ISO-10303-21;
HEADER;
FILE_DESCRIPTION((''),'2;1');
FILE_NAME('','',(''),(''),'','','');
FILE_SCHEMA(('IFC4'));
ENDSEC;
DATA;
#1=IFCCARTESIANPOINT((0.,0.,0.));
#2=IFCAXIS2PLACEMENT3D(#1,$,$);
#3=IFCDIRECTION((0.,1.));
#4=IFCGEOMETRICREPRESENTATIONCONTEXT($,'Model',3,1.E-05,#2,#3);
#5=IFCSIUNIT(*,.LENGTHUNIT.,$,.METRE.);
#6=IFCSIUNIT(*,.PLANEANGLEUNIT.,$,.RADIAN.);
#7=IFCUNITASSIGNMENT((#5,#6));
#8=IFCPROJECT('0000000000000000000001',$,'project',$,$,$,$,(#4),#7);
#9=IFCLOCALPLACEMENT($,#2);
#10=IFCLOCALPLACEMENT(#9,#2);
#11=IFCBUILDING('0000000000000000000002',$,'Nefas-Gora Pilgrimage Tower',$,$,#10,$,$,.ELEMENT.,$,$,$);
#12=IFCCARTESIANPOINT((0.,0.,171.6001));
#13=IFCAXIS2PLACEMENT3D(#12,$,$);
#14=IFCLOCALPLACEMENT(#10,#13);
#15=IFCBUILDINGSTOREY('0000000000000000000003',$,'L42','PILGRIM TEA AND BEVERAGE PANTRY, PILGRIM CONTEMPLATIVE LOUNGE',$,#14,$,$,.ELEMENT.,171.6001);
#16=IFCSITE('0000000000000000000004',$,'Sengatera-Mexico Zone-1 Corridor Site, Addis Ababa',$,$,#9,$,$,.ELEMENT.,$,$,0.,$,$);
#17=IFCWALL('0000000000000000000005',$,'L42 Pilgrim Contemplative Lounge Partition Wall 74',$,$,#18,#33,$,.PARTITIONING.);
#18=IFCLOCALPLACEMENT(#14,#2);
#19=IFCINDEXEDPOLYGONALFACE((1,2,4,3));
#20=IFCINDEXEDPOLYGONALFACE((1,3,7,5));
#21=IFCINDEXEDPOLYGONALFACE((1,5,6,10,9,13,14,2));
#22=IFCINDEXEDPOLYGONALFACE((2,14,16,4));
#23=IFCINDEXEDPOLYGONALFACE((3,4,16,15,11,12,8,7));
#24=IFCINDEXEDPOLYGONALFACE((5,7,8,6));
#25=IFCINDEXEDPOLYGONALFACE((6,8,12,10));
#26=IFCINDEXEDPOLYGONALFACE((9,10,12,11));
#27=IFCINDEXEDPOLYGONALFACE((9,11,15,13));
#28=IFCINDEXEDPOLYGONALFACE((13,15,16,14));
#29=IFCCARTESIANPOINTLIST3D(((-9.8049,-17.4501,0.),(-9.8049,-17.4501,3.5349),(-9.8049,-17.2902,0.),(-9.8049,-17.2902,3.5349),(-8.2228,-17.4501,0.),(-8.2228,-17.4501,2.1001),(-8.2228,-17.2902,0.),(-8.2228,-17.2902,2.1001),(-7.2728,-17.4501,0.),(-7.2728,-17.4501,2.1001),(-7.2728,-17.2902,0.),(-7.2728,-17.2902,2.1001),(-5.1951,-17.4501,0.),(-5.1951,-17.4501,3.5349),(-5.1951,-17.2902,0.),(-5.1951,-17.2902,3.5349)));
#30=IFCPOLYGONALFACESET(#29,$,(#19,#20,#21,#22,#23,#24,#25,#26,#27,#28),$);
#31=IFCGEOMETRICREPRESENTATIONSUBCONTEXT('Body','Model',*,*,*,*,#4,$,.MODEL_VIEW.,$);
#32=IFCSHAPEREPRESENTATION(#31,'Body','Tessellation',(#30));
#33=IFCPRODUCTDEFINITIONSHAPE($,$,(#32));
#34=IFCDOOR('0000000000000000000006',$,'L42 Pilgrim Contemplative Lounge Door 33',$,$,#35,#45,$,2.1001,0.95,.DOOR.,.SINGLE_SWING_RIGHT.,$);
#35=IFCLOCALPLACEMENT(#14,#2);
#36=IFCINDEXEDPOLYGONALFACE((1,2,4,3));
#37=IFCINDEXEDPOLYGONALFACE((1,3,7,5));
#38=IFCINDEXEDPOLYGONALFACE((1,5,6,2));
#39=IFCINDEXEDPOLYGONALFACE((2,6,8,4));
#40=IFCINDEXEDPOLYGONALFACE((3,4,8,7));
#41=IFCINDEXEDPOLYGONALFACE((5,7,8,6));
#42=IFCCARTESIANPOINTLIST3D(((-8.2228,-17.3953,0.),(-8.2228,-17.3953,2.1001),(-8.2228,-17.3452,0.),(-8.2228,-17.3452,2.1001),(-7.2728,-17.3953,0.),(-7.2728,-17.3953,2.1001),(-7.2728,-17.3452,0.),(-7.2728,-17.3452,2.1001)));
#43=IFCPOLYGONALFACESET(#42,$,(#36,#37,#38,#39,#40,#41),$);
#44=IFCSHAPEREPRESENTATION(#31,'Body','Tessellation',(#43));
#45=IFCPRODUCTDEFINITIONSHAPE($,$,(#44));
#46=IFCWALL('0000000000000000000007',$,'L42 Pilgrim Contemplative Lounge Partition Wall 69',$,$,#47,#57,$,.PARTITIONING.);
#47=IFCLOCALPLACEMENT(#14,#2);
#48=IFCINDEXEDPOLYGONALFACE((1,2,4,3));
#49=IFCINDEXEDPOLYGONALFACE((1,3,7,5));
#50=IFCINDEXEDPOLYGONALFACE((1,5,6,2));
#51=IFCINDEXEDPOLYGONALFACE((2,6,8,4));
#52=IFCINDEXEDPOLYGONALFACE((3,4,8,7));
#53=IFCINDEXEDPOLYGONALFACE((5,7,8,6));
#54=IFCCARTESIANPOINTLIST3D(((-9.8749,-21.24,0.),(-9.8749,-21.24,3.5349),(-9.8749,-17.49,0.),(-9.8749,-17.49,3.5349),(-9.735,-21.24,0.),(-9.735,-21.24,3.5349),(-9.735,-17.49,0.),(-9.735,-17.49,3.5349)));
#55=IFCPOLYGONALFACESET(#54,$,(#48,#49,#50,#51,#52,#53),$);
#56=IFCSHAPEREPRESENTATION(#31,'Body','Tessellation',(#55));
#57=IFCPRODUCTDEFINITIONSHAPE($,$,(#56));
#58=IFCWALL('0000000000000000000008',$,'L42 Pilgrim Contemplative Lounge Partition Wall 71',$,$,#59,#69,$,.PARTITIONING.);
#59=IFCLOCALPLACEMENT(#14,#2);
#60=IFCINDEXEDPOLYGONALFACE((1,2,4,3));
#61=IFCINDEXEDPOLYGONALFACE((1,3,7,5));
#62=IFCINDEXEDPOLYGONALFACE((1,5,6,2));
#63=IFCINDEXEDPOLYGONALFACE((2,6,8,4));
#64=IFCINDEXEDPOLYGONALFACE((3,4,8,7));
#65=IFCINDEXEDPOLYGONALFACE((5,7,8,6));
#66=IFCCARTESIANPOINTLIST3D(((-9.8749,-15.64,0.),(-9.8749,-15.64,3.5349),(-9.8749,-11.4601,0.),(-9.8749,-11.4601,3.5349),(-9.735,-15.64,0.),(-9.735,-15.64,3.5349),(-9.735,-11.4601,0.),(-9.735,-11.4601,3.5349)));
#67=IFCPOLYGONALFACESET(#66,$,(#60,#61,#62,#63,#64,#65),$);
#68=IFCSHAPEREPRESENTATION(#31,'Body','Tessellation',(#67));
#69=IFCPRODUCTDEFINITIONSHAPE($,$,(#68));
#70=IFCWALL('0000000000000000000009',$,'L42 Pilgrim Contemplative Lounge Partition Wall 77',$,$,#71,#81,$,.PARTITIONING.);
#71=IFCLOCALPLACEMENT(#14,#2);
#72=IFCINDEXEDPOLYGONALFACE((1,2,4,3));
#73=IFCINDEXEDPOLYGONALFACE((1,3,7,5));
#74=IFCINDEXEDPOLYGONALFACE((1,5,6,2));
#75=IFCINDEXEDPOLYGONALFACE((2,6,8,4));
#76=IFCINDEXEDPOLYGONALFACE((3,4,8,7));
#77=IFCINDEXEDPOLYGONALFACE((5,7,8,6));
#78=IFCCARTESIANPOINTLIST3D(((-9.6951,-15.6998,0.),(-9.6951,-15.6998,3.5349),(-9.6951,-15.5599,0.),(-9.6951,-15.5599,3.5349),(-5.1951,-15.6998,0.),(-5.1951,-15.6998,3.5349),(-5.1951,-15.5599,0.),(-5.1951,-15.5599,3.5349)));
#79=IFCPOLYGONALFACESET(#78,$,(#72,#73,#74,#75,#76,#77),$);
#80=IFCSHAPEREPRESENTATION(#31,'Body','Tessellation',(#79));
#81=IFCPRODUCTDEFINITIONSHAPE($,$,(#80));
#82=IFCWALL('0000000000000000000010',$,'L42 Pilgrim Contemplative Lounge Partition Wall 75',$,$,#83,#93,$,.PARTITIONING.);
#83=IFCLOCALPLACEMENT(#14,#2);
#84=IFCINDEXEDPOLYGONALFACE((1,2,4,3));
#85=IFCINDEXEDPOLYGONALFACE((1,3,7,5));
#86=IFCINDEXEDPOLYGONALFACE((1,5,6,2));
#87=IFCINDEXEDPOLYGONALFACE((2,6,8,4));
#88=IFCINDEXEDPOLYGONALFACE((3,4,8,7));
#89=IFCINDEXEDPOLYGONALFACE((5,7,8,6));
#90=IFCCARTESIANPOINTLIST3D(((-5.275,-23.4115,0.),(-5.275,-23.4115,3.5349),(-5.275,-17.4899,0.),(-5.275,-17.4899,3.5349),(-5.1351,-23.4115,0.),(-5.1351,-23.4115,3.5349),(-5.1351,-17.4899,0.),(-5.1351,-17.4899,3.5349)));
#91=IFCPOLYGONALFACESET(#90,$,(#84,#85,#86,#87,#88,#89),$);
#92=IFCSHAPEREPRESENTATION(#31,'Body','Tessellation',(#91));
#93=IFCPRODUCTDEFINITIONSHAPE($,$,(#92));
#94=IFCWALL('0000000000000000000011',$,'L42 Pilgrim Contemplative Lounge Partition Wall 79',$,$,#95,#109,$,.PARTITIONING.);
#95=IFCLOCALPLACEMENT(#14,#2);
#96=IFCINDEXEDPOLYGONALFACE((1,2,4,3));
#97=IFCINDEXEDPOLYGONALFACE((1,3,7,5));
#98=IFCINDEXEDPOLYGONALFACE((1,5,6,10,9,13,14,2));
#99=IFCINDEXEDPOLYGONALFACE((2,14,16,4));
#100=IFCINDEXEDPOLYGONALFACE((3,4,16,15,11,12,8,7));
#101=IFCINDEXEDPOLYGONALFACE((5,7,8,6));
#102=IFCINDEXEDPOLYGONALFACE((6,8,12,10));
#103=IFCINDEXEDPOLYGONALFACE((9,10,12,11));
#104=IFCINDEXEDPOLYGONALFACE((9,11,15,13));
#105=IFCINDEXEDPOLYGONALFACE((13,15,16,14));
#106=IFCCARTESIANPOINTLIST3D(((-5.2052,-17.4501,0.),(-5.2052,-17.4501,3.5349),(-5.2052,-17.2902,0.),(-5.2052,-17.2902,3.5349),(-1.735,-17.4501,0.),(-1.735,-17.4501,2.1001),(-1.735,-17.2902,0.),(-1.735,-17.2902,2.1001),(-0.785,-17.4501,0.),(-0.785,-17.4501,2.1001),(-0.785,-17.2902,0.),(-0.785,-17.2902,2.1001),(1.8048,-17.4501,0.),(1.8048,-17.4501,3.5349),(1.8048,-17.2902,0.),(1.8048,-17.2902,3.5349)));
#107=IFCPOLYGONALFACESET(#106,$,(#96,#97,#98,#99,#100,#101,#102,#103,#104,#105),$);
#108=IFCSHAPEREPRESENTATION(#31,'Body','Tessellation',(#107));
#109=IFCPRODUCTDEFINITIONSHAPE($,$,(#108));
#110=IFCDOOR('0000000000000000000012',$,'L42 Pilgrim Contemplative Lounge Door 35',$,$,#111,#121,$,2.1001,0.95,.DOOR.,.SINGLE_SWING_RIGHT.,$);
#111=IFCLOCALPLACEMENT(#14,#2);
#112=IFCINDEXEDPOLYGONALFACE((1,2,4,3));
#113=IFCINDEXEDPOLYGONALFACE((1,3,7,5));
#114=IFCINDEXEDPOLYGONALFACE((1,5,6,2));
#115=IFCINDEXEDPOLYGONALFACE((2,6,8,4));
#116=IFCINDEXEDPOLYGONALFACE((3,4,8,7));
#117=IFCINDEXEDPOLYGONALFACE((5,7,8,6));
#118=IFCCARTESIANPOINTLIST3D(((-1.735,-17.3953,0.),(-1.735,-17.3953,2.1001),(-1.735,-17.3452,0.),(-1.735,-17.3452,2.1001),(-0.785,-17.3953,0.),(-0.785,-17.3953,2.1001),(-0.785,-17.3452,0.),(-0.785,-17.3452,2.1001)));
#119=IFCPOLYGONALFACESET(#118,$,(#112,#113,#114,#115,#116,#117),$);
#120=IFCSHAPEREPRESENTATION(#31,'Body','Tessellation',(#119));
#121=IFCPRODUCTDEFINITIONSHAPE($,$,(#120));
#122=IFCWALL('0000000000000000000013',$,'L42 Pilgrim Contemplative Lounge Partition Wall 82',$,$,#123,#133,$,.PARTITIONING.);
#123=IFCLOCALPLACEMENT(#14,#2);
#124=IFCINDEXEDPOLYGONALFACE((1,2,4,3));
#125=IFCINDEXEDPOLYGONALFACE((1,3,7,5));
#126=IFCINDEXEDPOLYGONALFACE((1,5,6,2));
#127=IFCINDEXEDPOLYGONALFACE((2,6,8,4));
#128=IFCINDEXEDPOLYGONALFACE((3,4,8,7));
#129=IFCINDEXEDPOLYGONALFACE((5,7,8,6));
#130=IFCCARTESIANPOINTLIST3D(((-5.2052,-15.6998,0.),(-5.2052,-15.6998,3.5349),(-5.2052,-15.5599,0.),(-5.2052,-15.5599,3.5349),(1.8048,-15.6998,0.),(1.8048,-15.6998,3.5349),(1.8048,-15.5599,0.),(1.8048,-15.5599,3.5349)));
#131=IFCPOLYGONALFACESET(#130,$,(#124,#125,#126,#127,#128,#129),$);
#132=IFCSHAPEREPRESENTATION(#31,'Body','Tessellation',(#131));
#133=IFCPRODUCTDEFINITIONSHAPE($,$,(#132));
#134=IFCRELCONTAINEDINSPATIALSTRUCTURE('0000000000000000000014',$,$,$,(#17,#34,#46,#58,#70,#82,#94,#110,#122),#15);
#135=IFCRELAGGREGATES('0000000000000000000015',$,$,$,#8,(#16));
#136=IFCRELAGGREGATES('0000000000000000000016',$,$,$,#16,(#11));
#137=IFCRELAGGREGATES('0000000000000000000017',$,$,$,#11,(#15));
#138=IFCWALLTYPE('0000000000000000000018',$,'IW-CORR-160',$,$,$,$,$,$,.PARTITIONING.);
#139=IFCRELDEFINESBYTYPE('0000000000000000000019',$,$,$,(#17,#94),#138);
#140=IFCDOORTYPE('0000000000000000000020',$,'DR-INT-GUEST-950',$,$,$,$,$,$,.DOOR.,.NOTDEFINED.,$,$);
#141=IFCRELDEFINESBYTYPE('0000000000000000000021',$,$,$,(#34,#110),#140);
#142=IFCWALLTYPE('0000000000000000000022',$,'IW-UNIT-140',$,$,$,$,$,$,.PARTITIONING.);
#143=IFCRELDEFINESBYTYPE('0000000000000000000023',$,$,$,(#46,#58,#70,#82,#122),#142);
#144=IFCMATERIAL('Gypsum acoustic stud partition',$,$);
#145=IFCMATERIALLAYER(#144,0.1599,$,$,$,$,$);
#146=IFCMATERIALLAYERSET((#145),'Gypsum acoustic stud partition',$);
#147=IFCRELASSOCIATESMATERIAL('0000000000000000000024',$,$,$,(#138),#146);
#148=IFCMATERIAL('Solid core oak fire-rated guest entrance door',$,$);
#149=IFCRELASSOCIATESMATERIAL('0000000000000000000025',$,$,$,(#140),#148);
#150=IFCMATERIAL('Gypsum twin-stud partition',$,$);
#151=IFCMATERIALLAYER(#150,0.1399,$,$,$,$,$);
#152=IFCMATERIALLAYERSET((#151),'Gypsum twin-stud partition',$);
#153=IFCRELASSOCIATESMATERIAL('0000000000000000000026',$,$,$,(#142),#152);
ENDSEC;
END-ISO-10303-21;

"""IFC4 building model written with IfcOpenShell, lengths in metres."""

from ifc_helpers import new_model, si_unit, direction, frame, frame_2d, origin, place, context, subcontext, project, spatial, rectangle, extrude, source, transform, mapped, material, layer, layer_set, type_object, element, fill, save


model = new_model("IFC4")

# Units and contexts
model_context = context("Model", 3, precision=1e-05, world=origin(), true_north=direction((0.0, 1.0)))
body_context = subcontext(model_context, "Body", "Model", "MODEL_VIEW")
ifc_project = project(units=[si_unit("LENGTHUNIT", "METRE"), si_unit("PLANEANGLEUNIT", "RADIAN")], contexts=[model_context])

# Site, building, storey
site_placement = place(None, origin())
site = spatial("IfcSite", under=ifc_project, at=site_placement, Name="Sengatera-Mexico Zone-1 Corridor Site, Addis Ababa", CompositionType="ELEMENT", RefElevation=0.0)
building_placement = place(site_placement, origin())
building = spatial("IfcBuilding", under=site, at=building_placement, Name="Nefas-Gora Pilgrimage Tower", CompositionType="ELEMENT")
storey_placement = place(building_placement, frame((0.0, 0.0, 171.6001)))
storey = spatial("IfcBuildingStorey", under=building, at=storey_placement, Name="L42", Description="PILGRIM TEA AND BEVERAGE PANTRY, PILGRIM CONTEMPLATIVE LOUNGE", CompositionType="ELEMENT", Elevation=171.6001)

# Wall, opening, door
ifc_material_1 = material(Name="Gypsum acoustic stud partition")
ifc_layer_1 = layer(ifc_material_1, 0.1599)
ifc_layer_set_1 = layer_set([ifc_layer_1], Name="Gypsum acoustic stud partition")
wall_type_1 = type_object("IfcWallType", Name="IW-CORR-160", PredefinedType="PARTITIONING", material=ifc_layer_set_1)
shared_shape_1 = source(origin(), body_context, "Body", "SweptSolid", [
    extrude(rectangle(XDim=4.6099, YDim=0.1599, at=frame_2d((2.3049, 0.0))), origin(), (0.0, 0.0, 1.0), 3.5349),
])
wall_1_placement = place(storey_placement, frame((-9.8049, -17.3701, 0.0), z_axis=(0.0, 0.0, 1.0), x_axis=(1.0, 0.0, 0.0)))
wall_1 = element("IfcWall", 1, at=wall_1_placement, inside=storey, type_object=wall_type_1, Name="L42 Pilgrim Contemplative Lounge Partition Wall 74", PredefinedType="PARTITIONING", context=body_context, shape_type="MappedRepresentation", body=[
    mapped(shared_shape_1, transform((0.0, 0.0, 0.0), x_axis=(1.0, 0.0, 0.0), y_axis=(0.0, 1.0, 0.0), z_axis=(0.0, 0.0, 1.0), scale=1.0)),
])
opening_1_placement = place(wall_1_placement, frame((1.582, 0.0, 0.0)))
opening_1 = element("IfcOpeningElement", 2, at=opening_1_placement, cuts=wall_1, PredefinedType="OPENING", context=body_context, shape_type="SweptSolid", body=[
    extrude(rectangle(XDim=0.95, YDim=2.1001, at=frame_2d((0.4751, 1.05))), frame((0.0, 0.0898, 0.0), z_axis=(0.0, -1.0, 0.0), x_axis=(1.0, 0.0, 0.0)), (0.0, 0.0, 1.0), 0.1799),
])
ifc_material_2 = material(Name="Solid core oak fire-rated guest entrance door")
door_type_1 = type_object("IfcDoorType", Name="DR-INT-GUEST-950", OperationType="NOTDEFINED", PredefinedType="DOOR", material=ifc_material_2)
shared_shape_2 = source(origin(), body_context, "Body", "SweptSolid", [
    extrude(rectangle(XDim=0.95, YDim=2.1001, at=frame_2d((0.4751, 1.05))), frame((0.0, 0.0249, 0.0), z_axis=(0.0, -1.0, 0.0), x_axis=(1.0, 0.0, 0.0)), (0.0, 0.0, 1.0), 0.05),
])
door_1_placement = place(opening_1_placement, origin())
door_1 = element("IfcDoor", 3, at=door_1_placement, inside=storey, type_object=door_type_1, Name="L42 Pilgrim Contemplative Lounge Door 33", OperationType="SINGLE_SWING_RIGHT", OverallHeight=2.1001, OverallWidth=0.95, PredefinedType="DOOR", context=body_context, shape_type="MappedRepresentation", body=[
    mapped(shared_shape_2, transform((0.0, 0.0, 0.0), x_axis=(1.0, 0.0, 0.0), y_axis=(0.0, 1.0, 0.0), z_axis=(0.0, 0.0, 1.0), scale=1.0)),
])
fill(opening_1, door_1)

# Walls
ifc_material_3 = material(Name="Gypsum twin-stud partition")
ifc_layer_2 = layer(ifc_material_3, 0.1399)
ifc_layer_set_2 = layer_set([ifc_layer_2], Name="Gypsum twin-stud partition")
wall_type_2 = type_object("IfcWallType", Name="IW-UNIT-140", PredefinedType="PARTITIONING", material=ifc_layer_set_2)
shared_shape_3 = source(origin(), body_context, "Body", "SweptSolid", [
    extrude(rectangle(XDim=3.75, YDim=0.1399, at=frame_2d((1.875, 0.0))), origin(), (0.0, 0.0, 1.0), 3.5349),
])
wall_2_placement = place(storey_placement, frame((-9.8049, -21.24, 0.0), z_axis=(0.0, 0.0, 1.0), x_axis=(0.0, 1.0, 0.0)))
element("IfcWall", 4, at=wall_2_placement, inside=storey, type_object=wall_type_2, Name="L42 Pilgrim Contemplative Lounge Partition Wall 69", PredefinedType="PARTITIONING", context=body_context, shape_type="MappedRepresentation", body=[
    mapped(shared_shape_3, transform((0.0, 0.0, 0.0), x_axis=(1.0, 0.0, 0.0), y_axis=(0.0, 1.0, 0.0), z_axis=(0.0, 0.0, 1.0), scale=1.0)),
])
shared_shape_4 = source(origin(), body_context, "Body", "SweptSolid", [
    extrude(rectangle(XDim=4.1799, YDim=0.1399, at=frame_2d((2.0898, 0.0))), origin(), (0.0, 0.0, 1.0), 3.5349),
])
wall_3_placement = place(storey_placement, frame((-9.8049, -15.6399, 0.0), z_axis=(0.0, 0.0, 1.0), x_axis=(0.0, 1.0, 0.0)))
element("IfcWall", 5, at=wall_3_placement, inside=storey, type_object=wall_type_2, Name="L42 Pilgrim Contemplative Lounge Partition Wall 71", PredefinedType="PARTITIONING", context=body_context, shape_type="MappedRepresentation", body=[
    mapped(shared_shape_4, transform((0.0, 0.0, 0.0), x_axis=(1.0, 0.0, 0.0), y_axis=(0.0, 1.0, 0.0), z_axis=(0.0, 0.0, 1.0), scale=1.0)),
])
shared_shape_5 = source(origin(), body_context, "Body", "SweptSolid", [
    extrude(rectangle(XDim=4.5, YDim=0.1399, at=frame_2d((2.25, 0.0))), origin(), (0.0, 0.0, 1.0), 3.5349),
])
wall_4_placement = place(storey_placement, frame((-9.6951, -15.6299, 0.0), z_axis=(0.0, 0.0, 1.0), x_axis=(1.0, 0.0, 0.0)))
element("IfcWall", 6, at=wall_4_placement, inside=storey, type_object=wall_type_2, Name="L42 Pilgrim Contemplative Lounge Partition Wall 77", PredefinedType="PARTITIONING", context=body_context, shape_type="MappedRepresentation", body=[
    mapped(shared_shape_5, transform((0.0, 0.0, 0.0), x_axis=(1.0, 0.0, 0.0), y_axis=(0.0, 1.0, 0.0), z_axis=(0.0, 0.0, 1.0), scale=1.0)),
])
shared_shape_6 = source(origin(), body_context, "Body", "SweptSolid", [
    extrude(rectangle(XDim=5.9216, YDim=0.1399, at=frame_2d((2.9609, 0.0))), origin(), (0.0, 0.0, 1.0), 3.5349),
])
wall_5_placement = place(storey_placement, frame((-5.2051, -23.4116, 0.0), z_axis=(0.0, 0.0, 1.0), x_axis=(0.0, 1.0, 0.0)))
element("IfcWall", 7, at=wall_5_placement, inside=storey, type_object=wall_type_2, Name="L42 Pilgrim Contemplative Lounge Partition Wall 75", PredefinedType="PARTITIONING", context=body_context, shape_type="MappedRepresentation", body=[
    mapped(shared_shape_6, transform((0.0, 0.0, 0.0), x_axis=(1.0, 0.0, 0.0), y_axis=(0.0, 1.0, 0.0), z_axis=(0.0, 0.0, 1.0), scale=1.0)),
])

# Wall, opening, door
shared_shape_7 = source(origin(), body_context, "Body", "SweptSolid", [
    extrude(rectangle(XDim=7.01, YDim=0.1599, at=frame_2d((3.5049, 0.0))), origin(), (0.0, 0.0, 1.0), 3.5349),
])
wall_6_placement = place(storey_placement, frame((-5.2051, -17.3701, 0.0), z_axis=(0.0, 0.0, 1.0), x_axis=(1.0, 0.0, 0.0)))
wall_6 = element("IfcWall", 8, at=wall_6_placement, inside=storey, type_object=wall_type_1, Name="L42 Pilgrim Contemplative Lounge Partition Wall 79", PredefinedType="PARTITIONING", context=body_context, shape_type="MappedRepresentation", body=[
    mapped(shared_shape_7, transform((0.0, 0.0, 0.0), x_axis=(1.0, 0.0, 0.0), y_axis=(0.0, 1.0, 0.0), z_axis=(0.0, 0.0, 1.0), scale=1.0)),
])
opening_2_placement = place(wall_6_placement, frame((3.47, 0.0, 0.0)))
opening_2 = element("IfcOpeningElement", 9, at=opening_2_placement, cuts=wall_6, PredefinedType="OPENING", context=body_context, shape_type="SweptSolid", body=[
    extrude(rectangle(XDim=0.95, YDim=2.1001, at=frame_2d((0.4751, 1.05))), frame((0.0, 0.0898, 0.0), z_axis=(0.0, -1.0, 0.0), x_axis=(1.0, 0.0, 0.0)), (0.0, 0.0, 1.0), 0.1799),
])
door_2_placement = place(opening_2_placement, origin())
door_2 = element("IfcDoor", 10, at=door_2_placement, inside=storey, type_object=door_type_1, Name="L42 Pilgrim Contemplative Lounge Door 35", OperationType="SINGLE_SWING_RIGHT", OverallHeight=2.1001, OverallWidth=0.95, PredefinedType="DOOR", context=body_context, shape_type="MappedRepresentation", body=[
    mapped(shared_shape_2, transform((0.0, 0.0, 0.0), x_axis=(1.0, 0.0, 0.0), y_axis=(0.0, 1.0, 0.0), z_axis=(0.0, 0.0, 1.0), scale=1.0)),
])
fill(opening_2, door_2)

# Wall
shared_shape_8 = source(origin(), body_context, "Body", "SweptSolid", [
    extrude(rectangle(XDim=7.01, YDim=0.1399, at=frame_2d((3.5049, 0.0))), origin(), (0.0, 0.0, 1.0), 3.5349),
])
wall_7_placement = place(storey_placement, frame((-5.2051, -15.6299, 0.0), z_axis=(0.0, 0.0, 1.0), x_axis=(1.0, 0.0, 0.0)))
element("IfcWall", 11, at=wall_7_placement, inside=storey, type_object=wall_type_2, Name="L42 Pilgrim Contemplative Lounge Partition Wall 82", PredefinedType="PARTITIONING", context=body_context, shape_type="MappedRepresentation", body=[
    mapped(shared_shape_8, transform((0.0, 0.0, 0.0), x_axis=(1.0, 0.0, 0.0), y_axis=(0.0, 1.0, 0.0), z_axis=(0.0, 0.0, 1.0), scale=1.0)),
])

save(model, "model.ifc")
